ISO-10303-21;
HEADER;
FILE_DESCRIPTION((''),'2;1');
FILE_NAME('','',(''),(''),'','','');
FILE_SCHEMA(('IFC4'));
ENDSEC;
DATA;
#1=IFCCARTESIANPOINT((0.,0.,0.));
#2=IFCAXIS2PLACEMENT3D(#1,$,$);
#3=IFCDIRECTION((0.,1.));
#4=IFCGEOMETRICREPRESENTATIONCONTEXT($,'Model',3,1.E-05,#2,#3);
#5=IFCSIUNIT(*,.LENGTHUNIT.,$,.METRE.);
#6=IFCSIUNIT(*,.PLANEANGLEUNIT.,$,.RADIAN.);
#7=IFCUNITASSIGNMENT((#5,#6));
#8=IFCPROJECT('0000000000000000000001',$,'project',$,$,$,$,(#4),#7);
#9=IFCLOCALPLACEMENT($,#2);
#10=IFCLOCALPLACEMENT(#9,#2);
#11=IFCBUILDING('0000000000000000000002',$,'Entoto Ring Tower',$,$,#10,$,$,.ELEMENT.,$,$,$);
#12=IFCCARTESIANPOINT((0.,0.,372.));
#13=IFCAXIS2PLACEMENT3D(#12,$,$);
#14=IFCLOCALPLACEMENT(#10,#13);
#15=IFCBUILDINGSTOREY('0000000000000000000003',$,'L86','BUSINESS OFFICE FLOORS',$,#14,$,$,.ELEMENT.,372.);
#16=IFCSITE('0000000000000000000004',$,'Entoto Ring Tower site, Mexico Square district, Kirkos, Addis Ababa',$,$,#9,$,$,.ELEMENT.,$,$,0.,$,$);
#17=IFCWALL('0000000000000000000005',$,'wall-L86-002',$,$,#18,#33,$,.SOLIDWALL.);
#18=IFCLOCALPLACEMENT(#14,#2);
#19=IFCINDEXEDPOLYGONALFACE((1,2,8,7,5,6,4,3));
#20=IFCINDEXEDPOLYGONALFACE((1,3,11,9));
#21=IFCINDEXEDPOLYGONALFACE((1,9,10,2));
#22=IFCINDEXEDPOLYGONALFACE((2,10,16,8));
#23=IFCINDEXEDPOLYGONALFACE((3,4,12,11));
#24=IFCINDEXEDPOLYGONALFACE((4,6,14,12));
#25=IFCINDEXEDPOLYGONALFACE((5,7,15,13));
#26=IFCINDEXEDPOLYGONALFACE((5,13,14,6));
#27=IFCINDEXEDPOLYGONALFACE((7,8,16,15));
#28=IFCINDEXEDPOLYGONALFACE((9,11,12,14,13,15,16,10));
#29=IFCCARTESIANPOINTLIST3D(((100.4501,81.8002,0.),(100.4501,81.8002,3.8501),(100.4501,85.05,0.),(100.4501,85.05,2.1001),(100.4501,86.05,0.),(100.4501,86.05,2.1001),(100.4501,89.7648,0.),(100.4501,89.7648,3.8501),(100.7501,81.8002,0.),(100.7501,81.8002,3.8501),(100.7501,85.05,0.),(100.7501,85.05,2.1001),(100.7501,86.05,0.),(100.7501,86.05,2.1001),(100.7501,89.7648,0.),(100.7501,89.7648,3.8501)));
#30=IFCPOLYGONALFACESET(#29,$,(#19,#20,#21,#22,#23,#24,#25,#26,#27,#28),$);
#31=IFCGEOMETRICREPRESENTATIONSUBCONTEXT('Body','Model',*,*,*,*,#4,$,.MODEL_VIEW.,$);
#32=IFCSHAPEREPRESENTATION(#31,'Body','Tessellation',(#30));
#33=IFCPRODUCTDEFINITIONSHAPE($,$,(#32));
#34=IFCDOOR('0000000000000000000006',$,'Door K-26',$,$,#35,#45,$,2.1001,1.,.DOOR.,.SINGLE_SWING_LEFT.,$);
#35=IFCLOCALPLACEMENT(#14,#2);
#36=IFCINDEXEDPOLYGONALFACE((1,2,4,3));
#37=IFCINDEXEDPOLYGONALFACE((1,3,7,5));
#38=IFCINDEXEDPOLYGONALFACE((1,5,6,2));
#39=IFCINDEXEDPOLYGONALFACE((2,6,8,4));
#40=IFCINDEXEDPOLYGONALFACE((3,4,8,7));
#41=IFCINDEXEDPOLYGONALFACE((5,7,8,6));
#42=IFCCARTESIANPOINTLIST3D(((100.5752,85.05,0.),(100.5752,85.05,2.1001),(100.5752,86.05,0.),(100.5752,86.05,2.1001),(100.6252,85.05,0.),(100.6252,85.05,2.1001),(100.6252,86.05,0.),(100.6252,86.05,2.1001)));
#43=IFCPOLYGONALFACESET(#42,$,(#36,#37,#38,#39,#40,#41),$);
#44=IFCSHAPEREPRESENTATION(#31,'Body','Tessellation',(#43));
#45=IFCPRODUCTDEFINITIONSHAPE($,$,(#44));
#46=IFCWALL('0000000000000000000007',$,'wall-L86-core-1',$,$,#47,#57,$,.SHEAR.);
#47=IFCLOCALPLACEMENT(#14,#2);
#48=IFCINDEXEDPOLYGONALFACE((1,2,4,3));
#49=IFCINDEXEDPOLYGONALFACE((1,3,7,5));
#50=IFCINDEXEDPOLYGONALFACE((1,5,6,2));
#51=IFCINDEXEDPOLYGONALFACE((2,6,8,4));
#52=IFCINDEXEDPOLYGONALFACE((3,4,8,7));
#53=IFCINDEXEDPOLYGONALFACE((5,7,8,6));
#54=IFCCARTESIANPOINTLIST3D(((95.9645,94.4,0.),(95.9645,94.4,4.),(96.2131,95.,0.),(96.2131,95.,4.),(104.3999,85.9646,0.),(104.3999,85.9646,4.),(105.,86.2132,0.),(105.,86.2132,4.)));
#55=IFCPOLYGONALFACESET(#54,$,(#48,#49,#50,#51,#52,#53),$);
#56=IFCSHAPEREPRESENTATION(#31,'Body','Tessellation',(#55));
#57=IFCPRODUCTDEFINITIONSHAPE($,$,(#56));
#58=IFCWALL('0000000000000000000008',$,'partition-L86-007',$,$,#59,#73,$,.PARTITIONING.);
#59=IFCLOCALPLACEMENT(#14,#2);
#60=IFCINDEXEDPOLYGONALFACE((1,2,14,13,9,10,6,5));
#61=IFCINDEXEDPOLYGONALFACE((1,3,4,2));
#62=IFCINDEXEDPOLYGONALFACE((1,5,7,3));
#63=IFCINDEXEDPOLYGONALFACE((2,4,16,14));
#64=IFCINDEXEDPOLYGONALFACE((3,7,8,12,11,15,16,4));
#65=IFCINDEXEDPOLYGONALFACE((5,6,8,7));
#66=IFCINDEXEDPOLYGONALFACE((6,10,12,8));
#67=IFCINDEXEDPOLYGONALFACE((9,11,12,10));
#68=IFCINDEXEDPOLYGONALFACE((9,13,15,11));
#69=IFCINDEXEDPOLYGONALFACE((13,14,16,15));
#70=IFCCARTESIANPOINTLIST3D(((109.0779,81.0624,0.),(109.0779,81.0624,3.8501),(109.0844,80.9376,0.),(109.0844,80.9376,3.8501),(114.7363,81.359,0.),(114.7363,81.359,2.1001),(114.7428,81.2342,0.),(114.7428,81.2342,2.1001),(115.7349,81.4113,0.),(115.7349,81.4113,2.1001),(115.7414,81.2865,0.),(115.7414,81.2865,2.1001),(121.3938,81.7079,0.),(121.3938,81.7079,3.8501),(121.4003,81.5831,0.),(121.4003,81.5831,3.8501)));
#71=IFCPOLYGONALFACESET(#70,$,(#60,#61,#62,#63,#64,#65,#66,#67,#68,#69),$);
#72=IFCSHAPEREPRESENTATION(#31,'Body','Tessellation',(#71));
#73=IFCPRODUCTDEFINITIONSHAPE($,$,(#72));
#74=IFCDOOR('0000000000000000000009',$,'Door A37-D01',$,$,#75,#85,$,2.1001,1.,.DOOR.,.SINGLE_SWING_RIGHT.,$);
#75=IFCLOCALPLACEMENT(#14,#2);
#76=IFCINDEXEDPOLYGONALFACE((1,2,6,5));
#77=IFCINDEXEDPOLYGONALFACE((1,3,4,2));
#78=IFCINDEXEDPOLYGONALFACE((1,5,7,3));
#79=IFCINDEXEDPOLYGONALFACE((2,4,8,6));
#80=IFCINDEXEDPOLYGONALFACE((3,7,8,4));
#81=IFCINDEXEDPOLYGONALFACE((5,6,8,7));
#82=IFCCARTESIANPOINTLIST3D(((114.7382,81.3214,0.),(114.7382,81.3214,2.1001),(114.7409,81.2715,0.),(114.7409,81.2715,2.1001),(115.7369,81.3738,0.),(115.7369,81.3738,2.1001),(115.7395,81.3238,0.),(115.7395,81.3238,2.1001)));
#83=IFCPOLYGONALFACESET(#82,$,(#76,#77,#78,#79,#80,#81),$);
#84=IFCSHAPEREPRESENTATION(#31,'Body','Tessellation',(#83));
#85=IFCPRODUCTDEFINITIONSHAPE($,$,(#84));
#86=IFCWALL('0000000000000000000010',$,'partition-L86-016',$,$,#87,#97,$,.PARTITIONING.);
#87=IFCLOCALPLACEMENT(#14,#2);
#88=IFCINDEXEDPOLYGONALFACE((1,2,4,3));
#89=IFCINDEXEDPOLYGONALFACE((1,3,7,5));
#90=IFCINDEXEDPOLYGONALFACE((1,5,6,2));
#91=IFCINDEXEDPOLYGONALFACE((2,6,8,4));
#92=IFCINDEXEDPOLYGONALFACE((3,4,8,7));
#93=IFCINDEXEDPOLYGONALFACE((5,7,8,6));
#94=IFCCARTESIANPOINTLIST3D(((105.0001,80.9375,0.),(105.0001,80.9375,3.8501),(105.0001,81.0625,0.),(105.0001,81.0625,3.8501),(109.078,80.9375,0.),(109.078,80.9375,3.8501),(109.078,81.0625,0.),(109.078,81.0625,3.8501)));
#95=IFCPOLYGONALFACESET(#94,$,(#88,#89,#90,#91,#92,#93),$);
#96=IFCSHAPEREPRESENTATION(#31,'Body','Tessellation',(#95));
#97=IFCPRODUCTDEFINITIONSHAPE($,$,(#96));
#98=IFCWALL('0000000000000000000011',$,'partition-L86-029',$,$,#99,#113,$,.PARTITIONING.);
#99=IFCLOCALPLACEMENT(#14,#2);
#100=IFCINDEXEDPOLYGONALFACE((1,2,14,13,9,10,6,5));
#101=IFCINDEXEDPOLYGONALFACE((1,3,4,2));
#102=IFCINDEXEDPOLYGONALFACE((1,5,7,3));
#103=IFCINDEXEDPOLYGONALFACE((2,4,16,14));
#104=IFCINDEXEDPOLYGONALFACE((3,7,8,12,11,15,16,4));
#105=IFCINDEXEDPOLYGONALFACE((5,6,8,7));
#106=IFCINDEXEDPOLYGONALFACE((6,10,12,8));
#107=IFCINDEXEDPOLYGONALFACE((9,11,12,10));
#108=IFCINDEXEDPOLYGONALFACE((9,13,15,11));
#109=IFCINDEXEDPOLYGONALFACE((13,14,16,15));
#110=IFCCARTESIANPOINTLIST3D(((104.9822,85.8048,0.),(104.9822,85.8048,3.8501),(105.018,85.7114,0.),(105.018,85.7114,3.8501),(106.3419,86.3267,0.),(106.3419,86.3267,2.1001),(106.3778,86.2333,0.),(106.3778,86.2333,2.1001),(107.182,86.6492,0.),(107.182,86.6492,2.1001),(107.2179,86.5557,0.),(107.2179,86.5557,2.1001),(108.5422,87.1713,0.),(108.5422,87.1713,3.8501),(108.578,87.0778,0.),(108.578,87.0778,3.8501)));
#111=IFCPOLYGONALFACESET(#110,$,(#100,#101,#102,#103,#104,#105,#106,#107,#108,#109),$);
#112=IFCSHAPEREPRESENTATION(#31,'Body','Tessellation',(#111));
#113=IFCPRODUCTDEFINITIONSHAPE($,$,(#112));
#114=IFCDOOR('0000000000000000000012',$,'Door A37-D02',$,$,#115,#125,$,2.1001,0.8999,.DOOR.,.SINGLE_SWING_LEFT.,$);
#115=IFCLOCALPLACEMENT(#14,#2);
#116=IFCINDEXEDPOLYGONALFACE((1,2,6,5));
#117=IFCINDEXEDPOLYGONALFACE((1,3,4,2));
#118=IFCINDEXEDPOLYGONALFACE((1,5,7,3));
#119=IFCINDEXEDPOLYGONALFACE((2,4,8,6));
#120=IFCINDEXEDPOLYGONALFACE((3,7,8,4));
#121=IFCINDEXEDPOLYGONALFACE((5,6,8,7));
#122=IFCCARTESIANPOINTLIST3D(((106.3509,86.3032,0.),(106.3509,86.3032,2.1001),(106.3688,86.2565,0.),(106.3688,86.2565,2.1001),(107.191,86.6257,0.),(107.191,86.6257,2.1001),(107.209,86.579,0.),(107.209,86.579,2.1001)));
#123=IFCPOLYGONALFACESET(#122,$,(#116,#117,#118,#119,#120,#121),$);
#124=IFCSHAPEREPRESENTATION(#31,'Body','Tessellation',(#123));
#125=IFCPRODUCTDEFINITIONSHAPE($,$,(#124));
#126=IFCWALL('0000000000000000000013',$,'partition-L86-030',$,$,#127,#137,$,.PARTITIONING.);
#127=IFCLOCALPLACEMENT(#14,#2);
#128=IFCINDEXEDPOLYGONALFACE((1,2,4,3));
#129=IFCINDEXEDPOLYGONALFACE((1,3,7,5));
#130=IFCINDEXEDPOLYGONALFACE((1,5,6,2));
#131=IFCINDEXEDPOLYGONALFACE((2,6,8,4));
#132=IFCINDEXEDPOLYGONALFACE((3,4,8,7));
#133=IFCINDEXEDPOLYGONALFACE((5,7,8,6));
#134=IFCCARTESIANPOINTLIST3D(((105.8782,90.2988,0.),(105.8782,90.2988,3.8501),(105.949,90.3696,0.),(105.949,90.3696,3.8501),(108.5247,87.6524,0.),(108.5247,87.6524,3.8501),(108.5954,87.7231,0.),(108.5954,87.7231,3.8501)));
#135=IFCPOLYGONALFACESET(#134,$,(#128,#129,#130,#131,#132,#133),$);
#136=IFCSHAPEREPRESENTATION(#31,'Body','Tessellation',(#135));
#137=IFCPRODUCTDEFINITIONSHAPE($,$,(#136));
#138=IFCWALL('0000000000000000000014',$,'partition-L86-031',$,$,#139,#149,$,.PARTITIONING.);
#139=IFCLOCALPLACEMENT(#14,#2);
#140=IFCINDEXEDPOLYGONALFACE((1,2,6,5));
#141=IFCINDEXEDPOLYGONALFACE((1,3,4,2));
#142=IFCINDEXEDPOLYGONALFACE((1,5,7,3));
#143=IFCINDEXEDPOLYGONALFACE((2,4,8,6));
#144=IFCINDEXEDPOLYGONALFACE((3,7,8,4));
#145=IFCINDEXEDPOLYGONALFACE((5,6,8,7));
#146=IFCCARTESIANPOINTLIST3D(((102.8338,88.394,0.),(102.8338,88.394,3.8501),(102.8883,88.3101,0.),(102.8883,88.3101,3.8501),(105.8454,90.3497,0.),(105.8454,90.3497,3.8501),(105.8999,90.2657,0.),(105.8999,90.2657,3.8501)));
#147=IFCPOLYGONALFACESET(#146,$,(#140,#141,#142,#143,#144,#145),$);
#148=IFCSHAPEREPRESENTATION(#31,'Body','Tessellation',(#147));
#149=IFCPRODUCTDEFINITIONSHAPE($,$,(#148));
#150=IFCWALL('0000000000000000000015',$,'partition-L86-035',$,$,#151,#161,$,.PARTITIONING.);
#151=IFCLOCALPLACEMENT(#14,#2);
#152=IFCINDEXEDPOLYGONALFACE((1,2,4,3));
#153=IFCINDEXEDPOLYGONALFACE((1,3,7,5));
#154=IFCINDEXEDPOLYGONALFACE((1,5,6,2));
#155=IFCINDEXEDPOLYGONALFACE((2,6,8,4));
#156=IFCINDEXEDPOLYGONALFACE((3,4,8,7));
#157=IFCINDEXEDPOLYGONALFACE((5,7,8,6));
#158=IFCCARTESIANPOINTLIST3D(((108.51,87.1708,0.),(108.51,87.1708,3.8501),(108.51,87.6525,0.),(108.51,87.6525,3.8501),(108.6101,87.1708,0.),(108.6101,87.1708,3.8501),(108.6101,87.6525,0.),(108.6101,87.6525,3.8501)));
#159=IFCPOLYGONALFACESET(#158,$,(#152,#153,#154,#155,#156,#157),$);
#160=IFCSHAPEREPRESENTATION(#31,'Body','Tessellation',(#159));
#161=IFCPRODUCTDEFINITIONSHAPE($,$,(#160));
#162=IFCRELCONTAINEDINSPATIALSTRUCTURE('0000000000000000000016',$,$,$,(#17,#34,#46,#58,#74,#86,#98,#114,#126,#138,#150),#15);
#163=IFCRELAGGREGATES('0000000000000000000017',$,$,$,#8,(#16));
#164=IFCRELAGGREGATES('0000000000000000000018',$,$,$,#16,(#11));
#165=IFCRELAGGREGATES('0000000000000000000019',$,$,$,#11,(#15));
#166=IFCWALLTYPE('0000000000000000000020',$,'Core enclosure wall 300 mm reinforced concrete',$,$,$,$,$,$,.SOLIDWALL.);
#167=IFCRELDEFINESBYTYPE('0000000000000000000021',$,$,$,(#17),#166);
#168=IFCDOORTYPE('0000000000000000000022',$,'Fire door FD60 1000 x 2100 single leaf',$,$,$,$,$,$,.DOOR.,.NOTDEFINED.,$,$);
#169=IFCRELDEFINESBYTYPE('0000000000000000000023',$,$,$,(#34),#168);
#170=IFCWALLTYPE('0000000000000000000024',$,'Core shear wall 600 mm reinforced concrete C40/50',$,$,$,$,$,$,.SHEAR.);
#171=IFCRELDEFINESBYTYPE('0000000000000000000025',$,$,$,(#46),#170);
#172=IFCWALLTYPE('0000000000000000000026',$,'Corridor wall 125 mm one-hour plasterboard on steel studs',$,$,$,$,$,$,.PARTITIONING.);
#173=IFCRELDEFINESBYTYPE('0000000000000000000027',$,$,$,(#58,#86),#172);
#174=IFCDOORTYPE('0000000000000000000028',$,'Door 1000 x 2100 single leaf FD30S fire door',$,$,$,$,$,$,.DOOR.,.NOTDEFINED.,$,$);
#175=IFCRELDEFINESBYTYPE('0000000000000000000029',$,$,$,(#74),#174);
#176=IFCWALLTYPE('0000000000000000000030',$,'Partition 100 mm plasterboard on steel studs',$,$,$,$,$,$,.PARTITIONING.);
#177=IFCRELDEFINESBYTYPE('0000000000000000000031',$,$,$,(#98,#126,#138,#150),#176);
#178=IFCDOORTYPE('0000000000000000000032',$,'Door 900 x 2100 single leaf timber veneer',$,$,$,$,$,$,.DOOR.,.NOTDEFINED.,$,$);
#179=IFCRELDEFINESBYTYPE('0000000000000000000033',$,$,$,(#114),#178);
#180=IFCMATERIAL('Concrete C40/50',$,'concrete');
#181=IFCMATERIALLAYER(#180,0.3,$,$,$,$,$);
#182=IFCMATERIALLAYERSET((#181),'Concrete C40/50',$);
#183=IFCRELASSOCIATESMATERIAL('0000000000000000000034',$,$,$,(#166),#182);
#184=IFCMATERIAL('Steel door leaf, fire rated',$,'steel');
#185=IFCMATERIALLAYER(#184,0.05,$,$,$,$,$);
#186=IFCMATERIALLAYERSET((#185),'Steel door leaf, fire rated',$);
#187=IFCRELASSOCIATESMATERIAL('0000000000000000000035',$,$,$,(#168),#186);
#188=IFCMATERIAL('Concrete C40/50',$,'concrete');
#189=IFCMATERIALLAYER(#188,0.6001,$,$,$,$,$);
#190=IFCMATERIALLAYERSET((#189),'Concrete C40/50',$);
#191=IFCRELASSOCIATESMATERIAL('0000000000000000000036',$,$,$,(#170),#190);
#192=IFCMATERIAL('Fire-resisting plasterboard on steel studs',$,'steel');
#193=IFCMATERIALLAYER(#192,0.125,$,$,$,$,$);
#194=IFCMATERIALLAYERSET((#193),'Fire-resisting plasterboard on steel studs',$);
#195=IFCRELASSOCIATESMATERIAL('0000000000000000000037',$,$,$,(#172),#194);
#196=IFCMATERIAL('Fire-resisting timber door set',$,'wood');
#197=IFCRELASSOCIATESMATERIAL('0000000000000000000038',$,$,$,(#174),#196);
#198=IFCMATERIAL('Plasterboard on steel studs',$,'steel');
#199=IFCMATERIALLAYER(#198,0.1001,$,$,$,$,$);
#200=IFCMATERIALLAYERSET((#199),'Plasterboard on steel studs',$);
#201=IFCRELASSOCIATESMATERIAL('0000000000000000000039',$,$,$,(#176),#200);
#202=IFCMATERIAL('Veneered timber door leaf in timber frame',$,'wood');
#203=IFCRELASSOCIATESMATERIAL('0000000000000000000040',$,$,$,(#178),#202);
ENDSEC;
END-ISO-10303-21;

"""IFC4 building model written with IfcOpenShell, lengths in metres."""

from ifc_helpers import new_model, si_unit, direction, frame, frame_2d, origin, place, context, subcontext, project, spatial, polyline, rectangle, outline, extrude, material, layer, layer_set, type_object, element, fill, save


model = new_model("IFC4")

# Units and contexts
model_context = context("Model", 3, precision=1e-05, world=origin(), true_north=direction((0.0, 1.0)))
body_context = subcontext(model_context, "Body", "Model", "MODEL_VIEW")
ifc_project = project(units=[si_unit("LENGTHUNIT", "METRE"), si_unit("PLANEANGLEUNIT", "RADIAN")], contexts=[model_context])

# Site, building, storey
site_placement = place(None, origin())
site = spatial("IfcSite", under=ifc_project, at=site_placement, Name="Entoto Ring Tower site, Mexico Square district, Kirkos, Addis Ababa", CompositionType="ELEMENT", RefElevation=0.0)
building_placement = place(site_placement, origin())
building = spatial("IfcBuilding", under=site, at=building_placement, Name="Entoto Ring Tower", CompositionType="ELEMENT")
storey_placement = place(building_placement, frame((0.0, 0.0, 372.0)))
storey = spatial("IfcBuildingStorey", under=building, at=storey_placement, Name="L86", Description="BUSINESS OFFICE FLOORS", CompositionType="ELEMENT", Elevation=372.0)

# Wall, opening, door
ifc_material_1 = material(Name="Concrete C40/50", Category="concrete")
ifc_layer_1 = layer(ifc_material_1, 0.3)
ifc_layer_set_1 = layer_set([ifc_layer_1], Name="Concrete C40/50")
wall_type_1 = type_object("IfcWallType", Name="Core enclosure wall 300 mm reinforced concrete", PredefinedType="SOLIDWALL", material=ifc_layer_set_1)
wall_1_placement = place(storey_placement, frame((100.6001, 81.8, 0.0), z_axis=(0.0, 0.0, 1.0), x_axis=(0.0, 1.0, 0.0)))
wall_1 = element("IfcWall", 1, at=wall_1_placement, inside=storey, type_object=wall_type_1, Name="wall-L86-002", PredefinedType="SOLIDWALL", context=body_context, shape_type="SweptSolid", body=[
    extrude(rectangle(XDim=7.9646, YDim=0.3, at=frame_2d((3.9824, 0.0))), origin(), (0.0, 0.0, 1.0), 3.8501),
])
opening_1_placement = place(wall_1_placement, frame((3.25, 0.0, 0.0)))
opening_1 = element("IfcOpeningElement", 2, at=opening_1_placement, cuts=wall_1, PredefinedType="OPENING", context=body_context, shape_type="SweptSolid", body=[
    extrude(rectangle(XDim=1.0, YDim=2.1001, at=frame_2d((0.5, 1.05))), frame((0.0, 0.1602, 0.0), z_axis=(0.0, -1.0, 0.0), x_axis=(1.0, 0.0, 0.0)), (0.0, 0.0, 1.0), 0.3201),
])
ifc_material_2 = material(Name="Steel door leaf, fire rated", Category="steel")
ifc_layer_2 = layer(ifc_material_2, 0.05)
ifc_layer_set_2 = layer_set([ifc_layer_2], Name="Steel door leaf, fire rated")
door_type_1 = type_object("IfcDoorType", Name="Fire door FD60 1000 x 2100 single leaf", OperationType="NOTDEFINED", PredefinedType="DOOR", material=ifc_layer_set_2)
door_1_placement = place(opening_1_placement, origin())
door_1 = element("IfcDoor", 3, at=door_1_placement, inside=storey, type_object=door_type_1, Name="Door K-26", OperationType="SINGLE_SWING_LEFT", OverallHeight=2.1001, OverallWidth=1.0, PredefinedType="DOOR", context=body_context, shape_type="SweptSolid", body=[
    extrude(rectangle(XDim=1.0, YDim=2.1001, at=frame_2d((0.5, 1.05))), frame((0.0, 0.0249, 0.0), z_axis=(0.0, -1.0, 0.0), x_axis=(1.0, 0.0, 0.0)), (0.0, 0.0, 1.0), 0.05),
])
fill(opening_1, door_1)

# Wall
ifc_material_3 = material(Name="Concrete C40/50", Category="concrete")
ifc_layer_3 = layer(ifc_material_3, 0.6001)
ifc_layer_set_3 = layer_set([ifc_layer_3], Name="Concrete C40/50")
wall_type_2 = type_object("IfcWallType", Name="Core shear wall 600 mm reinforced concrete C40/50", PredefinedType="SHEAR", material=ifc_layer_set_3)
wall_2_placement = place(storey_placement, frame((104.7, 86.0889, 0.0), z_axis=(0.0, 0.0, 1.0), x_axis=(-0.707107, 0.707107, 0.0)))
element("IfcWall", 4, at=wall_2_placement, inside=storey, type_object=wall_type_2, Name="wall-L86-core-1", PredefinedType="SHEAR", context=body_context, shape_type="SweptSolid", body=[
    extrude(outline(polyline([(-0.1243, -0.3), (12.3022, -0.3), (12.0537, 0.3), (0.1243, 0.3), (-0.1243, -0.3)])), origin(), (0.0, 0.0, 1.0), 4.0),
])

# Wall, opening, door
ifc_material_4 = material(Name="Fire-resisting plasterboard on steel studs", Category="steel")
ifc_layer_4 = layer(ifc_material_4, 0.125)
ifc_layer_set_4 = layer_set([ifc_layer_4], Name="Fire-resisting plasterboard on steel studs")
wall_type_3 = type_object("IfcWallType", Name="Corridor wall 125 mm one-hour plasterboard on steel studs", PredefinedType="PARTITIONING", material=ifc_layer_set_4)
wall_3_placement = place(storey_placement, frame((109.0811, 81.0, 0.0), z_axis=(0.0, 0.0, 1.0), x_axis=(0.998629, 0.052341, 0.0)))
wall_3 = element("IfcWall", 5, at=wall_3_placement, inside=storey, type_object=wall_type_3, Name="partition-L86-007", PredefinedType="PARTITIONING", context=body_context, shape_type="SweptSolid", body=[
    extrude(rectangle(XDim=12.3328, YDim=0.125, at=frame_2d((6.1665, 0.0))), origin(), (0.0, 0.0, 1.0), 3.8501),
])
opening_2_placement = place(wall_3_placement, frame((5.6663, 0.0, 0.0)))
opening_2 = element("IfcOpeningElement", 6, at=opening_2_placement, cuts=wall_3, PredefinedType="OPENING", context=body_context, shape_type="SweptSolid", body=[
    extrude(rectangle(XDim=1.0, YDim=2.1001, at=frame_2d((0.5, 1.05))), frame((0.0, 0.0725, 0.0), z_axis=(0.0, -1.0, 0.0), x_axis=(1.0, 0.0, 0.0)), (0.0, 0.0, 1.0), 0.145),
])
ifc_material_5 = material(Name="Fire-resisting timber door set", Category="wood")
door_type_2 = type_object("IfcDoorType", Name="Door 1000 x 2100 single leaf FD30S fire door", OperationType="NOTDEFINED", PredefinedType="DOOR", material=ifc_material_5)
door_2_placement = place(opening_2_placement, origin())
door_2 = element("IfcDoor", 7, at=door_2_placement, inside=storey, type_object=door_type_2, Name="Door A37-D01", OperationType="SINGLE_SWING_RIGHT", OverallHeight=2.1001, OverallWidth=1.0, PredefinedType="DOOR", context=body_context, shape_type="SweptSolid", body=[
    extrude(rectangle(XDim=1.0, YDim=2.1001, at=frame_2d((0.5, 1.05))), frame((0.0, 0.0249, 0.0), z_axis=(0.0, -1.0, 0.0), x_axis=(1.0, 0.0, 0.0)), (0.0, 0.0, 1.0), 0.05),
])
fill(opening_2, door_2)

# Wall
wall_4_placement = place(storey_placement, frame((105.0, 81.0, 0.0), z_axis=(0.0, 0.0, 1.0), x_axis=(1.0, 0.0, 0.0)))
element("IfcWall", 8, at=wall_4_placement, inside=storey, type_object=wall_type_3, Name="partition-L86-016", PredefinedType="PARTITIONING", context=body_context, shape_type="SweptSolid", body=[
    extrude(rectangle(XDim=4.0779, YDim=0.125, at=frame_2d((2.0391, 0.0))), origin(), (0.0, 0.0, 1.0), 3.8501),
])

# Wall, opening, door
ifc_material_6 = material(Name="Plasterboard on steel studs", Category="steel")
ifc_layer_5 = layer(ifc_material_6, 0.1001)
ifc_layer_set_5 = layer_set([ifc_layer_5], Name="Plasterboard on steel studs")
wall_type_4 = type_object("IfcWallType", Name="Partition 100 mm plasterboard on steel studs", PredefinedType="PARTITIONING", material=ifc_layer_set_5)
wall_5_placement = place(storey_placement, frame((105.0, 85.7581, 0.0), z_axis=(0.0, 0.0, 1.0), x_axis=(0.933591, 0.35834, 0.0)))
wall_5 = element("IfcWall", 9, at=wall_5_placement, inside=storey, type_object=wall_type_4, Name="partition-L86-029", PredefinedType="PARTITIONING", context=body_context, shape_type="SweptSolid", body=[
    extrude(rectangle(XDim=3.8132, YDim=0.1001, at=frame_2d((1.9067, 0.0))), origin(), (0.0, 0.0, 1.0), 3.8501),
])
opening_3_placement = place(wall_5_placement, frame((1.4565, 0.0, 0.0)))
opening_3 = element("IfcOpeningElement", 10, at=opening_3_placement, cuts=wall_5, PredefinedType="OPENING", context=body_context, shape_type="SweptSolid", body=[
    extrude(rectangle(XDim=0.8999, YDim=2.1001, at=frame_2d((0.45, 1.05))), frame((0.0, 0.0601, 0.0), z_axis=(0.0, -1.0, 0.0), x_axis=(1.0, 0.0, 0.0)), (0.0, 0.0, 1.0), 0.1201),
])
ifc_material_7 = material(Name="Veneered timber door leaf in timber frame", Category="wood")
door_type_3 = type_object("IfcDoorType", Name="Door 900 x 2100 single leaf timber veneer", OperationType="NOTDEFINED", PredefinedType="DOOR", material=ifc_material_7)
door_3_placement = place(opening_3_placement, origin())
door_3 = element("IfcDoor", 11, at=door_3_placement, inside=storey, type_object=door_type_3, Name="Door A37-D02", OperationType="SINGLE_SWING_LEFT", OverallHeight=2.1001, OverallWidth=0.8999, PredefinedType="DOOR", context=body_context, shape_type="SweptSolid", body=[
    extrude(rectangle(XDim=0.8999, YDim=2.1001, at=frame_2d((0.45, 1.05))), frame((0.0, 0.0249, 0.0), z_axis=(0.0, -1.0, 0.0), x_axis=(1.0, 0.0, 0.0)), (0.0, 0.0, 1.0), 0.05),
])
fill(opening_3, door_3)

# Walls
wall_6_placement = place(storey_placement, frame((108.5601, 87.6877, 0.0), z_axis=(0.0, 0.0, 1.0), x_axis=(-0.707107, 0.707107, 0.0)))
element("IfcWall", 12, at=wall_6_placement, inside=storey, type_object=wall_type_4, Name="partition-L86-030", PredefinedType="PARTITIONING", context=body_context, shape_type="SweptSolid", body=[
    extrude(rectangle(XDim=3.7427, YDim=0.1001, at=frame_2d((1.8713, 0.0))), origin(), (0.0, 0.0, 1.0), 3.8501),
])
wall_7_placement = place(storey_placement, frame((102.8611, 88.3521, 0.0), z_axis=(0.0, 0.0, 1.0), x_axis=(0.838684, 0.544618, 0.0)))
element("IfcWall", 13, at=wall_7_placement, inside=storey, type_object=wall_type_4, Name="partition-L86-031", PredefinedType="PARTITIONING", context=body_context, shape_type="SweptSolid", body=[
    extrude(rectangle(XDim=3.5908, YDim=0.1001, at=frame_2d((1.7954, 0.0))), origin(), (0.0, 0.0, 1.0), 3.8501),
])
wall_8_placement = place(storey_placement, frame((108.5601, 87.1709, 0.0), z_axis=(0.0, 0.0, 1.0), x_axis=(0.0, 1.0, 0.0)))
element("IfcWall", 14, at=wall_8_placement, inside=storey, type_object=wall_type_4, Name="partition-L86-035", PredefinedType="PARTITIONING", context=body_context, shape_type="SweptSolid", body=[
    extrude(rectangle(XDim=0.4817, YDim=0.1001, at=frame_2d((0.2407, 0.0))), origin(), (0.0, 0.0, 1.0), 3.8501),
])

save(model, "model.ifc")
